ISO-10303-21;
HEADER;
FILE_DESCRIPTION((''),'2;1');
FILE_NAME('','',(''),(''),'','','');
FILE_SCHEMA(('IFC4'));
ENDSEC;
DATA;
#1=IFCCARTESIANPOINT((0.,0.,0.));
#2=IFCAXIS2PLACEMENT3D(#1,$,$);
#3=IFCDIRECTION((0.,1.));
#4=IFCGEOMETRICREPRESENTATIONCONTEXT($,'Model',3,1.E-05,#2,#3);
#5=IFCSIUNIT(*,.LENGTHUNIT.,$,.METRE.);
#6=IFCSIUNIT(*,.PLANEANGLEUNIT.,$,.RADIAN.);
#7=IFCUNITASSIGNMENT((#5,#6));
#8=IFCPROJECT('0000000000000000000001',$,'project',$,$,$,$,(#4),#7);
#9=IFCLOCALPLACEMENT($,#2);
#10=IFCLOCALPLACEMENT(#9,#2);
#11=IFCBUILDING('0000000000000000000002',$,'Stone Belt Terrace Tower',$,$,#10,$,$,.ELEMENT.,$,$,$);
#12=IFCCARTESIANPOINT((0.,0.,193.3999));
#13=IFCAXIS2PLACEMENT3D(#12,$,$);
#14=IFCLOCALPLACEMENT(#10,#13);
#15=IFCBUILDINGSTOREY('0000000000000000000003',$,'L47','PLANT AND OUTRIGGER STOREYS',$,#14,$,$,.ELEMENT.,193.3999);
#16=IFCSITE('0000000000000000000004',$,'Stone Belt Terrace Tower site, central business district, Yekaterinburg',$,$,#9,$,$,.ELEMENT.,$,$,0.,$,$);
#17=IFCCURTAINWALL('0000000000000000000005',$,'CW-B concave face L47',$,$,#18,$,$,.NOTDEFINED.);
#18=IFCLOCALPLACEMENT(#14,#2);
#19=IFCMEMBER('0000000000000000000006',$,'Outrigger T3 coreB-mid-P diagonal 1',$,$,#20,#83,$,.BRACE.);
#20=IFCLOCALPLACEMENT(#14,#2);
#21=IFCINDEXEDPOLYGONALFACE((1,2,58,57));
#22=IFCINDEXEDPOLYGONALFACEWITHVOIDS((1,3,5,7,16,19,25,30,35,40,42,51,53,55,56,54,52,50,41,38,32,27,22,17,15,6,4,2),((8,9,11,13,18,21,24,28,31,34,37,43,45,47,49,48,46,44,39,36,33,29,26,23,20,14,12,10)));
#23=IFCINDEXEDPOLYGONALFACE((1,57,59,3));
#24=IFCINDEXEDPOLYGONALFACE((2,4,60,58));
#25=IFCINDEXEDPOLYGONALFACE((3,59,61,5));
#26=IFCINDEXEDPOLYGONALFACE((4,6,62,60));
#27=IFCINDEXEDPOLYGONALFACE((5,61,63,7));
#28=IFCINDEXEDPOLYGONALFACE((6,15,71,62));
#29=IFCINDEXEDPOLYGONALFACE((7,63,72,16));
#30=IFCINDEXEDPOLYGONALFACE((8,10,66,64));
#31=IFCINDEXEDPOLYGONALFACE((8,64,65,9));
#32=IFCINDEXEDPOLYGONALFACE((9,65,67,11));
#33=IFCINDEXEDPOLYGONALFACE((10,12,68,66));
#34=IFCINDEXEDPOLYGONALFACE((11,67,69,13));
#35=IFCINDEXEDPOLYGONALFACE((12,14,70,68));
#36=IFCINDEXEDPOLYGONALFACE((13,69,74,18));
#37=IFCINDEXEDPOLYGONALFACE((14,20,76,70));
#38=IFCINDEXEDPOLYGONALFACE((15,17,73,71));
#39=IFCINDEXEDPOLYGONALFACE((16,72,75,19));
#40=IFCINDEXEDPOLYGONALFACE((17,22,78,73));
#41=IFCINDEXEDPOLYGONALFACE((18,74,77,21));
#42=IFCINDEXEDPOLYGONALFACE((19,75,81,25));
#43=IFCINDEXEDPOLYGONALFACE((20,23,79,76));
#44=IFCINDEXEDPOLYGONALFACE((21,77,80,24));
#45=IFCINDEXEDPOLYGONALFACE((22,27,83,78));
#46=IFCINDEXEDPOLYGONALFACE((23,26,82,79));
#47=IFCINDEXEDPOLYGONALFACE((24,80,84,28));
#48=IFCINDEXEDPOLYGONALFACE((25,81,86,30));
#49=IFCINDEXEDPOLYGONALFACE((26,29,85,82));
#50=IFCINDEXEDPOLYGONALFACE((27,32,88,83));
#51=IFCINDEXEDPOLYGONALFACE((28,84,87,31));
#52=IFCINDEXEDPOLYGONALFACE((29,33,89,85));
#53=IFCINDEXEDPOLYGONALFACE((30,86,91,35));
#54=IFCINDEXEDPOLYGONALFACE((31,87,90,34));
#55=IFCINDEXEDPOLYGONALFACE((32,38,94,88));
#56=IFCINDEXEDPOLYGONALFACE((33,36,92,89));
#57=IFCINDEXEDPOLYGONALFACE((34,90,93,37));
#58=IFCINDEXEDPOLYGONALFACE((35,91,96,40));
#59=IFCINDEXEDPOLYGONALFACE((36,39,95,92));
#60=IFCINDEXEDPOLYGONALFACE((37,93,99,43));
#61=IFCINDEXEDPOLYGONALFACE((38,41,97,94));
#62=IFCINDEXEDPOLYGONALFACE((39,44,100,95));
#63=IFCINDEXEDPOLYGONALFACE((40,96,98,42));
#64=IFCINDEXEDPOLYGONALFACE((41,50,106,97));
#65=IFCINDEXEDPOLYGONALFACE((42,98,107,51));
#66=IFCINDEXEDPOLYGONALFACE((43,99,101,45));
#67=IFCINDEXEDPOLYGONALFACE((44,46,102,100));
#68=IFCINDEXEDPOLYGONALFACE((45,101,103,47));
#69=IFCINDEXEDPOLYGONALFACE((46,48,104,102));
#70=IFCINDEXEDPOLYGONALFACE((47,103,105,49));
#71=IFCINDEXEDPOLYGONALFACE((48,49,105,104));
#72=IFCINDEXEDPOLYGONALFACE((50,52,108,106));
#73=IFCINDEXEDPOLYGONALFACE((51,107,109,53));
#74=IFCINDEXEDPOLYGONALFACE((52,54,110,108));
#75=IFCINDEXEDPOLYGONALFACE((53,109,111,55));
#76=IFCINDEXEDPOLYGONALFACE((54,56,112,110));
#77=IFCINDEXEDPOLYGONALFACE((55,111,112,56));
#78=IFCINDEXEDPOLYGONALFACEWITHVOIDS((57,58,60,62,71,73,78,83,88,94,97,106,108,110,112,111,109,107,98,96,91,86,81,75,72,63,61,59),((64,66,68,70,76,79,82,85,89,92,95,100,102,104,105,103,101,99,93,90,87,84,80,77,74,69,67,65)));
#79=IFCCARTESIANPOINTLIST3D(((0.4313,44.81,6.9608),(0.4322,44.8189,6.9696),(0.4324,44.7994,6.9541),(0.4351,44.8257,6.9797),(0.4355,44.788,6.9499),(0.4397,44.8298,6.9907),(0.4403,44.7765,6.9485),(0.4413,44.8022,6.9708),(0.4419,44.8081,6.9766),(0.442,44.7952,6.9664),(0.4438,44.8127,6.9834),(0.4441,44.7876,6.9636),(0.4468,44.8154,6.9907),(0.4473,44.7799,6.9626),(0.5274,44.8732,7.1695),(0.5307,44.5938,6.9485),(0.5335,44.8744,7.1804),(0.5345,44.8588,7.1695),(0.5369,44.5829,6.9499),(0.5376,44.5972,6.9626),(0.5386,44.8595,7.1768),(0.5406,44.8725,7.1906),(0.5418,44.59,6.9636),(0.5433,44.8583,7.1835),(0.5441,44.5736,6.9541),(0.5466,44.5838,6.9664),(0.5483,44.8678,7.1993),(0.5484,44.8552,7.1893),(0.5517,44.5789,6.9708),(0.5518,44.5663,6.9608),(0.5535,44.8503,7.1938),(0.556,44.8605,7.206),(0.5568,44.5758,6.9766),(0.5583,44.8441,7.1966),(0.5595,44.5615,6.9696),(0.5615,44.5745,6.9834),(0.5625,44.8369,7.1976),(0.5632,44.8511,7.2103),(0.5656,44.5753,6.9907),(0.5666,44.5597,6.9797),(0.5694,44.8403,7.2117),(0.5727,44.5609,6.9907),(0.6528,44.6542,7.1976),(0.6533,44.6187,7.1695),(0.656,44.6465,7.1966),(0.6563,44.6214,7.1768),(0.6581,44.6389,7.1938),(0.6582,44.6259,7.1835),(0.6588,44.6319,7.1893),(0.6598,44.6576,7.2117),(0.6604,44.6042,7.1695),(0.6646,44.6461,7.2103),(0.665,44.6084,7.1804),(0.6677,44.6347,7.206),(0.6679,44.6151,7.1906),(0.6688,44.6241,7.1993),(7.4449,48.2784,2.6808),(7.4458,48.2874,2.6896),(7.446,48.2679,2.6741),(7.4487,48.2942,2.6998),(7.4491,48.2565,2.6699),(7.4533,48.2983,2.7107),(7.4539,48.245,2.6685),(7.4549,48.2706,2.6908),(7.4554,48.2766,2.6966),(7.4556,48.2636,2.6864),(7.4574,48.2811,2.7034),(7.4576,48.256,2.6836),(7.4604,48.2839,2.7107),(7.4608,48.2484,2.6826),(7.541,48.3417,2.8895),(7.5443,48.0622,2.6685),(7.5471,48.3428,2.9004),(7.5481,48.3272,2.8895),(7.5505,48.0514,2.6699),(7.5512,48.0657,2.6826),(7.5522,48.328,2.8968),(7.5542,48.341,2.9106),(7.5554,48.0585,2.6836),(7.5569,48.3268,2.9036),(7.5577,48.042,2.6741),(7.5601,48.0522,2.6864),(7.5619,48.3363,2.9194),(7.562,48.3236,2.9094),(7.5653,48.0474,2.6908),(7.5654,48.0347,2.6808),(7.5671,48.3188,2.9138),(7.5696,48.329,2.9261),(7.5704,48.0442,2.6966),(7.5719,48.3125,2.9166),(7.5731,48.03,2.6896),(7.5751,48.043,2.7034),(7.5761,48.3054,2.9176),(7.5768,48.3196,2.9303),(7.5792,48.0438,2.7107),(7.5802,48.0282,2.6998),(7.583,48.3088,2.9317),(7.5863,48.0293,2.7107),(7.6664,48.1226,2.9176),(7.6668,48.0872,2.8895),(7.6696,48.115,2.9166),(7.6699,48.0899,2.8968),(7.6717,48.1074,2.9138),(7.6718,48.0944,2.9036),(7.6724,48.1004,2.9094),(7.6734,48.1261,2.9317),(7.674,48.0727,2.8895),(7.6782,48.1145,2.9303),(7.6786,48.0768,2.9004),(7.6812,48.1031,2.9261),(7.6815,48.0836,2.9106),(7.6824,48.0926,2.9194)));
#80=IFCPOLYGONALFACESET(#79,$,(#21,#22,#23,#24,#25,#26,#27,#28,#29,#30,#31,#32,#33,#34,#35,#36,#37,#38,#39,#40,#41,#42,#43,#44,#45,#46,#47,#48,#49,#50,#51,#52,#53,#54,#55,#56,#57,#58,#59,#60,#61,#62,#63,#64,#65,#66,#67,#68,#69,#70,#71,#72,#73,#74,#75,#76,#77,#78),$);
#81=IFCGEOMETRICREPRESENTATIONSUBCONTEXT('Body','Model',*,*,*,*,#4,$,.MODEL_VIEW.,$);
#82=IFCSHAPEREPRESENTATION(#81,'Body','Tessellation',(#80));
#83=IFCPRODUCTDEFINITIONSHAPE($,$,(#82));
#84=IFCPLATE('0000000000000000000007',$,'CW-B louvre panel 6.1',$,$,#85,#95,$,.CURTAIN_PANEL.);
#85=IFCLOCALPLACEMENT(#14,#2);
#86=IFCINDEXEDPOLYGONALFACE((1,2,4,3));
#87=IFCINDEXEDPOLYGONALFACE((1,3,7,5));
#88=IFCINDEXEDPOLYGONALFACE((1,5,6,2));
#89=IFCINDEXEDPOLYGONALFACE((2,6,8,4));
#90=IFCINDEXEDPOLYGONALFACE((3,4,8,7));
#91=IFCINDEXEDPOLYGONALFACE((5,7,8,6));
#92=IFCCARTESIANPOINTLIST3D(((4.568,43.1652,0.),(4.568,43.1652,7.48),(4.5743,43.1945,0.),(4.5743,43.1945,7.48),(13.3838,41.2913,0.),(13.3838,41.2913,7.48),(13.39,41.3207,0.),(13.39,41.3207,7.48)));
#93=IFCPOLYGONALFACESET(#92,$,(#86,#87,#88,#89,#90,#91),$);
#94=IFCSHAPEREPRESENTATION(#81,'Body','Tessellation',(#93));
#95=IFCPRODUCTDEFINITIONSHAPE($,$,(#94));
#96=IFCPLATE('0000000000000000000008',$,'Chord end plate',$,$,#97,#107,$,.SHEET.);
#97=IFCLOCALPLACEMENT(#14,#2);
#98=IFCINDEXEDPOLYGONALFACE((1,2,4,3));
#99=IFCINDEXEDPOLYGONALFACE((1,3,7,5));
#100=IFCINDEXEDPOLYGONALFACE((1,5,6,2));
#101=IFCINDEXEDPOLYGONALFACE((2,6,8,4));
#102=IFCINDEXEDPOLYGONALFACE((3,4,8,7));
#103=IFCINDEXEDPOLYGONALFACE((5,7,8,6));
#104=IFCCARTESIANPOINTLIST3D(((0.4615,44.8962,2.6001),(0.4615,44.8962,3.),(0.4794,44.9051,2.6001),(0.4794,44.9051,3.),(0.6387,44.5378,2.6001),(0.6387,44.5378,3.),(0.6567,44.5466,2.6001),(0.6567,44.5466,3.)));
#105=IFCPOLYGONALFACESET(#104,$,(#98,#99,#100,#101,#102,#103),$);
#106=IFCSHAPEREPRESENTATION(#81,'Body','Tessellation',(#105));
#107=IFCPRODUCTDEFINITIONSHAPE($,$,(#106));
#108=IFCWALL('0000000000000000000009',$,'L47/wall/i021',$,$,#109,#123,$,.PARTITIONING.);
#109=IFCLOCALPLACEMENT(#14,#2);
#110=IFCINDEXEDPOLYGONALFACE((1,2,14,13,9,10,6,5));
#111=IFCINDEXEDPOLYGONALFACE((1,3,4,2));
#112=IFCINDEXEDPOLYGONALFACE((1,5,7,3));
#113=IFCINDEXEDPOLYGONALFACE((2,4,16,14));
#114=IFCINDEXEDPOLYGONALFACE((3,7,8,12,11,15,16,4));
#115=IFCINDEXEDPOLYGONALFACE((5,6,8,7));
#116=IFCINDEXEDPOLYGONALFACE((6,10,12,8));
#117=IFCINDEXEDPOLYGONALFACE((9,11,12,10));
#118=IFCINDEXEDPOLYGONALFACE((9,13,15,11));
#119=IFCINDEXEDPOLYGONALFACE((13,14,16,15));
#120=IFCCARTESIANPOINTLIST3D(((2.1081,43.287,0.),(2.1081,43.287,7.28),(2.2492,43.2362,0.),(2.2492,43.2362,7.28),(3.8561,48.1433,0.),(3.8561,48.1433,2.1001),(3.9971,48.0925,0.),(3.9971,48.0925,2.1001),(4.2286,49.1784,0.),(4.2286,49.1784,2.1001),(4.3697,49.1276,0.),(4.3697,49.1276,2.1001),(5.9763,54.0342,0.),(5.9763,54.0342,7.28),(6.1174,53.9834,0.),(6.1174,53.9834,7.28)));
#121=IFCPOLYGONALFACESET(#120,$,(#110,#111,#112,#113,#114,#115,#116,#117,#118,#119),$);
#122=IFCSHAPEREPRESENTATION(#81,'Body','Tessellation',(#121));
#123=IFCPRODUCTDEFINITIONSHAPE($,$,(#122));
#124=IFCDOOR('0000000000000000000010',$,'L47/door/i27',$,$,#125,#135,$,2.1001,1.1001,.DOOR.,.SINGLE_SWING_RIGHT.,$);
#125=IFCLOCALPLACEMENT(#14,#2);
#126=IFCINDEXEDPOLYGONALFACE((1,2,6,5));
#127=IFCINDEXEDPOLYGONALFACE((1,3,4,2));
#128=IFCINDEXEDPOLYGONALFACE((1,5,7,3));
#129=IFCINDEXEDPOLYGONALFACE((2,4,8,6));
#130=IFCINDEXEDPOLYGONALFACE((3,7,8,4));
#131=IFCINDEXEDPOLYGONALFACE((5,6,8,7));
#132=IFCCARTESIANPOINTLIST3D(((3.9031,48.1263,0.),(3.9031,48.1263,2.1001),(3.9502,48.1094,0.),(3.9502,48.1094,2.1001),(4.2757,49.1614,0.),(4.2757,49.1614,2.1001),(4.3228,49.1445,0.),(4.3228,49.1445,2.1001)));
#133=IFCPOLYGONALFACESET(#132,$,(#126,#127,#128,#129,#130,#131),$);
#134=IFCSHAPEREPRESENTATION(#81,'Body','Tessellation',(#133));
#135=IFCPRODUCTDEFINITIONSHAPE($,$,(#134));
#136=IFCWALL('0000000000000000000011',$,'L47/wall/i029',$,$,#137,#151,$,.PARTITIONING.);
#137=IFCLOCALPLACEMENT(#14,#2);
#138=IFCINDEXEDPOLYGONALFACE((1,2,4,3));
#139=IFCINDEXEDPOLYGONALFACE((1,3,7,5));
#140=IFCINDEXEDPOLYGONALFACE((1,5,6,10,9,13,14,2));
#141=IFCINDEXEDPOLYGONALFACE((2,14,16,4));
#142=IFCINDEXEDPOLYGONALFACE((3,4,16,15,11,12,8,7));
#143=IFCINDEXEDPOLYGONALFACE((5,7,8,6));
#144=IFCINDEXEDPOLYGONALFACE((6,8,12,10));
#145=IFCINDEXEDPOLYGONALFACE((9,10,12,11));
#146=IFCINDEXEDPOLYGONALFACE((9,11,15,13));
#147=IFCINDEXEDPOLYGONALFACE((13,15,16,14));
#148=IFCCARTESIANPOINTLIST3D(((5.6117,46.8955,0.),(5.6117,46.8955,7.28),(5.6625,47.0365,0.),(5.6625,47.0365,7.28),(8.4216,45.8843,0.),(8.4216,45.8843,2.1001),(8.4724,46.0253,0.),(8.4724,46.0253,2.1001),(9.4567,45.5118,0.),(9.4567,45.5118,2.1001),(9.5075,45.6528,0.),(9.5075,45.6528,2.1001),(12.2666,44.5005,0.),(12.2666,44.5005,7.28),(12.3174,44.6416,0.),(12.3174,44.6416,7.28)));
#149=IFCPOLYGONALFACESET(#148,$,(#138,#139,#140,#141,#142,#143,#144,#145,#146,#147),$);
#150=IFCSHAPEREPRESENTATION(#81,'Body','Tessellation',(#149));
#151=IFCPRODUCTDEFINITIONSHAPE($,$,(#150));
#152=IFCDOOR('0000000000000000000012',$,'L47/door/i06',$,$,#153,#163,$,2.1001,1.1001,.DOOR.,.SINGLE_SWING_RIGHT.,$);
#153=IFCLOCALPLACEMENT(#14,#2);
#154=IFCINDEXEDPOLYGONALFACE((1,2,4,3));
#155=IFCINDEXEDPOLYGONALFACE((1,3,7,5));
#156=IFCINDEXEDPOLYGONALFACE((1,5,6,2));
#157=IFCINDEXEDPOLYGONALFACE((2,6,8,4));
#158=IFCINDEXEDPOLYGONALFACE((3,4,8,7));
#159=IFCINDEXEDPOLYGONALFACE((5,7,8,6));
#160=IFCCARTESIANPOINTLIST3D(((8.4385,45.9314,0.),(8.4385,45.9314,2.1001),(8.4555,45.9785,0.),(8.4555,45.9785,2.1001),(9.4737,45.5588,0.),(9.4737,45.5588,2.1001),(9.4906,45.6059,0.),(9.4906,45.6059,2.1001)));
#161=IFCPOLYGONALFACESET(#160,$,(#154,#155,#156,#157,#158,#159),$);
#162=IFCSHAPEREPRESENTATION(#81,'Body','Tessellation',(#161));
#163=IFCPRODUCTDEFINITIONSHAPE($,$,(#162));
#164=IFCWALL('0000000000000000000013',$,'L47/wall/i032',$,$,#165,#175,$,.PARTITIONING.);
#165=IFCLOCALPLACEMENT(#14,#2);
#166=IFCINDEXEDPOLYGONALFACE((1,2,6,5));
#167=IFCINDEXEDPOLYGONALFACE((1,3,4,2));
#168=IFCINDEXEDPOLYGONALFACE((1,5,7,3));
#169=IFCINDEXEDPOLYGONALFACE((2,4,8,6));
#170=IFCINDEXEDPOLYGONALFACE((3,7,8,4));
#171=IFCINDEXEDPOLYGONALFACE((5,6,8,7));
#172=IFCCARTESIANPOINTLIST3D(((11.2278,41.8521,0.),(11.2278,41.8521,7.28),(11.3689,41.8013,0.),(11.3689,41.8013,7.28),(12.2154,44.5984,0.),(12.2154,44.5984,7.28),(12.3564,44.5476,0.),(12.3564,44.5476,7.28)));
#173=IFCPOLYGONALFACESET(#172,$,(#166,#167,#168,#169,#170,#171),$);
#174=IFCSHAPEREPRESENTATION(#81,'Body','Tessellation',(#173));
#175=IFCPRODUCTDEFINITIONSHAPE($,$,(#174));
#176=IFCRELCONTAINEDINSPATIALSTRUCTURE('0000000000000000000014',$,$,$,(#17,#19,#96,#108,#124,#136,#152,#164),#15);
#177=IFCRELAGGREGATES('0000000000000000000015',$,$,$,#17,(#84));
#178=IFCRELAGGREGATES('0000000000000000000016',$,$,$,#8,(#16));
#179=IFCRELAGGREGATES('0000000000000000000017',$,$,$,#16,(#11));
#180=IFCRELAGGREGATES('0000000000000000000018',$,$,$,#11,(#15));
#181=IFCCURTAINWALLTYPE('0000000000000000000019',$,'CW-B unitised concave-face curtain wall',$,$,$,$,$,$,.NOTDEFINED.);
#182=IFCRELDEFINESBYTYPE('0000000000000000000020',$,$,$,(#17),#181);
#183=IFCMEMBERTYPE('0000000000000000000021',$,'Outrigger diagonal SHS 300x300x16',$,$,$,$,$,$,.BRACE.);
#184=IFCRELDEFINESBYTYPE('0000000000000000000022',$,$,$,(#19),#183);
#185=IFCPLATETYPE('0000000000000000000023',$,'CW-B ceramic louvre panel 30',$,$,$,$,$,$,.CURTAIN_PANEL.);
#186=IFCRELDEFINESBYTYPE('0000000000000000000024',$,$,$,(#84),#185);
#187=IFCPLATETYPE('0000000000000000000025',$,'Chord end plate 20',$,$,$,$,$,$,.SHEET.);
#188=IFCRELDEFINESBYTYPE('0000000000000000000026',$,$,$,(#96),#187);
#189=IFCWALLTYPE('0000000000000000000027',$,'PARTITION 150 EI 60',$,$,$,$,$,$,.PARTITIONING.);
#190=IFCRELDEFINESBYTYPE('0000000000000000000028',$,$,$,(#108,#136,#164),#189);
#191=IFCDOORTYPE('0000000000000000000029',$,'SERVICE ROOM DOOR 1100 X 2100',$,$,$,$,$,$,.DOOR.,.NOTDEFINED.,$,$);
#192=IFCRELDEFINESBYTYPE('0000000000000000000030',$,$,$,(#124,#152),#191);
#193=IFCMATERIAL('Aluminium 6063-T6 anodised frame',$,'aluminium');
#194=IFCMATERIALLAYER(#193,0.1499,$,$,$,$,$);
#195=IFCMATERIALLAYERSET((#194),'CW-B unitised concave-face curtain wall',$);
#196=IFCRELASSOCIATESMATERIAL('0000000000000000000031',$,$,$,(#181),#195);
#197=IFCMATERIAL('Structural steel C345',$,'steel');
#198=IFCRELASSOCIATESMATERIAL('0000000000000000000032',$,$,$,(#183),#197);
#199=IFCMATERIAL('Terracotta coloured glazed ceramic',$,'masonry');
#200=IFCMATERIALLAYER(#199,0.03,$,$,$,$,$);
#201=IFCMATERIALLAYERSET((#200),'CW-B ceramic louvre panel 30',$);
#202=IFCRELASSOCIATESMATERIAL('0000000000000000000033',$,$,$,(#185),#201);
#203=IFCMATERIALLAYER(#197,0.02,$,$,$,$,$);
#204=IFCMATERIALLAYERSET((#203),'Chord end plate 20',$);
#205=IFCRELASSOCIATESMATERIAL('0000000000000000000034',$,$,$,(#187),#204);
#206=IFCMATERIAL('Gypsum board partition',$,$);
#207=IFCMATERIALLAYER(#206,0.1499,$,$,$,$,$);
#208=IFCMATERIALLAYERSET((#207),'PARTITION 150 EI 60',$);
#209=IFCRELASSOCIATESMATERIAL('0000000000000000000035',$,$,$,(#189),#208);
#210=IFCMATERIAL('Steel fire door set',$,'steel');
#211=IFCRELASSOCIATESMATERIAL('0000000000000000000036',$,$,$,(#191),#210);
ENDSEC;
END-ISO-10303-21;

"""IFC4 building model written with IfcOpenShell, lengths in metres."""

from ifc_helpers import new_model, si_unit, direction, frame, frame_2d, origin, origin_2d, place, context, subcontext, project, spatial, rectangle, hollow_rectangle, extrude, material, layer, layer_set, material_profile, profile_set, type_object, element, fill, aggregate, save


model = new_model("IFC4")

# Units and contexts
model_context = context("Model", 3, precision=1e-05, world=origin(), true_north=direction((0.0, 1.0)))
body_context = subcontext(model_context, "Body", "Model", "MODEL_VIEW")
ifc_project = project(units=[si_unit("LENGTHUNIT", "METRE"), si_unit("PLANEANGLEUNIT", "RADIAN")], contexts=[model_context])

# Site, building, storey
site_placement = place(None, origin())
site = spatial("IfcSite", under=ifc_project, at=site_placement, Name="Stone Belt Terrace Tower site, central business district, Yekaterinburg", CompositionType="ELEMENT", RefElevation=0.0)
building_placement = place(site_placement, origin())
building = spatial("IfcBuilding", under=site, at=building_placement, Name="Stone Belt Terrace Tower", CompositionType="ELEMENT")
storey_placement = place(building_placement, frame((0.0, 0.0, 193.3999)))
storey = spatial("IfcBuildingStorey", under=building, at=storey_placement, Name="L47", Description="PLANT AND OUTRIGGER STOREYS", CompositionType="ELEMENT", Elevation=193.3999)

# Shared definitions
ifc_material_1 = material(Name="Structural steel C345", Category="steel")

# Curtain wall
ifc_material_2 = material(Name="Aluminium 6063-T6 anodised frame", Category="aluminium")
ifc_layer_1 = layer(ifc_material_2, 0.1499)
ifc_layer_set_1 = layer_set([ifc_layer_1], Name="CW-B unitised concave-face curtain wall")
curtain_wall_type = type_object("IfcCurtainWallType", Name="CW-B unitised concave-face curtain wall", PredefinedType="NOTDEFINED", material=ifc_layer_set_1)
curtain_wall_placement = place(storey_placement, origin())
curtain_wall = element("IfcCurtainWall", 1, at=curtain_wall_placement, inside=storey, type_object=curtain_wall_type, Name="CW-B concave face L47", PredefinedType="NOTDEFINED")

# Member
ifc_material_profile_1 = material_profile(ifc_material_1, hollow_rectangle(XDim=0.3, YDim=0.3, WallThickness=0.0161, InnerFilletRadius=0.032, OuterFilletRadius=0.0481, at=origin_2d()), Name="SHS 300x300x16")
ifc_profile_set_1 = profile_set([ifc_material_profile_1], Name="Structural steel C345")
member_type_1 = type_object("IfcMemberType", Name="Outrigger diagonal SHS 300x300x16", PredefinedType="BRACE", material=ifc_profile_set_1)
member_1_placement = place(storey_placement, frame((0.55, 44.717, 7.0801), z_axis=(0.786413, 0.388909, -0.479901), x_axis=(-0.44329, 0.896378, 0.0)))
element("IfcMember", 2, at=member_1_placement, inside=storey, type_object=member_type_1, Name="Outrigger T3 coreB-mid-P diagonal 1", PredefinedType="BRACE", context=body_context, shape_type="SweptSolid", body=[
    extrude(hollow_rectangle(XDim=0.3, YDim=0.3, WallThickness=0.0161, InnerFilletRadius=0.032, OuterFilletRadius=0.0481, at=origin_2d()), origin(), (0.0, 0.0, 1.0), 8.9185),
])

# Plates
ifc_material_3 = material(Name="Terracotta coloured glazed ceramic", Category="masonry")
ifc_layer_2 = layer(ifc_material_3, 0.03)
ifc_layer_set_2 = layer_set([ifc_layer_2], Name="CW-B ceramic louvre panel 30")
plate_type_1 = type_object("IfcPlateType", Name="CW-B ceramic louvre panel 30", PredefinedType="CURTAIN_PANEL", material=ifc_layer_set_2)
plate_1_placement = place(storey_placement, frame((8.979, 42.2429, 0.0), z_axis=(0.0, 0.0, 1.0), x_axis=(0.978148, -0.207912, 0.0)))
plate_1 = element("IfcPlate", 3, at=plate_1_placement, type_object=plate_type_1, Name="CW-B louvre panel 6.1", PredefinedType="CURTAIN_PANEL", context=body_context, shape_type="SweptSolid", body=[
    extrude(rectangle(XDim=9.0127, YDim=0.03, at=origin_2d()), origin(), (0.0, 0.0, 1.0), 7.48),
])
aggregate(curtain_wall, [plate_1])
ifc_layer_3 = layer(ifc_material_1, 0.02)
ifc_layer_set_3 = layer_set([ifc_layer_3], Name="Chord end plate 20")
plate_type_2 = type_object("IfcPlateType", Name="Chord end plate 20", PredefinedType="SHEET", material=ifc_layer_set_3)
plate_2_placement = place(storey_placement, frame((0.5591, 44.7214, 2.6001), z_axis=(0.0, 0.0, 1.0), x_axis=(-0.896377, -0.443292, 0.0)))
element("IfcPlate", 4, at=plate_2_placement, inside=storey, type_object=plate_type_2, Name="Chord end plate", PredefinedType="SHEET", context=body_context, shape_type="SweptSolid", body=[
    extrude(rectangle(XDim=0.02, YDim=0.3999, at=origin_2d()), origin(), (0.0, 0.0, 1.0), 0.3999),
])

# Walls, openings, doors
ifc_material_4 = material(Name="Gypsum board partition")
ifc_layer_4 = layer(ifc_material_4, 0.1499)
ifc_layer_set_4 = layer_set([ifc_layer_4], Name="PARTITION 150 EI 60")
wall_type = type_object("IfcWallType", Name="PARTITION 150 EI 60", PredefinedType="PARTITIONING", material=ifc_layer_set_4)
wall_1_placement = place(storey_placement, frame((2.1787, 43.2617, 0.0), z_axis=(0.0, 0.0, 1.0), x_axis=(0.338659, 0.940909, 0.0)))
wall_1 = element("IfcWall", 5, at=wall_1_placement, inside=storey, type_object=wall_type, Name="L47/wall/i021", PredefinedType="PARTITIONING", context=body_context, shape_type="SweptSolid", body=[
    extrude(rectangle(XDim=11.4221, YDim=0.1499, at=frame_2d((5.7109, 0.0))), origin(), (0.0, 0.0, 1.0), 7.28),
])
opening_1_placement = place(wall_1_placement, frame((5.1611, 0.0, 0.0)))
opening_1 = element("IfcOpeningElement", 6, at=opening_1_placement, cuts=wall_1, PredefinedType="OPENING", context=body_context, shape_type="SweptSolid", body=[
    extrude(rectangle(XDim=1.1001, YDim=2.1001, at=frame_2d((0.55, 1.05))), frame((0.0, 0.085, 0.0), z_axis=(0.0, -1.0, 0.0), x_axis=(1.0, 0.0, 0.0)), (0.0, 0.0, 1.0), 0.1699),
])
ifc_material_5 = material(Name="Steel fire door set", Category="steel")
door_type = type_object("IfcDoorType", Name="SERVICE ROOM DOOR 1100 X 2100", OperationType="NOTDEFINED", PredefinedType="DOOR", material=ifc_material_5)
door_1_placement = place(opening_1_placement, origin())
door_1 = element("IfcDoor", 7, at=door_1_placement, inside=storey, type_object=door_type, Name="L47/door/i27", OperationType="SINGLE_SWING_RIGHT", OverallHeight=2.1001, OverallWidth=1.1001, PredefinedType="DOOR", context=body_context, shape_type="SweptSolid", body=[
    extrude(rectangle(XDim=1.1001, YDim=2.1001, at=frame_2d((0.55, 1.05))), frame((0.0, 0.0249, 0.0), z_axis=(0.0, -1.0, 0.0), x_axis=(1.0, 0.0, 0.0)), (0.0, 0.0, 1.0), 0.05),
])
fill(opening_1, door_1)
wall_2_placement = place(storey_placement, frame((12.292, 44.571, 0.0), z_axis=(0.0, 0.0, 1.0), x_axis=(-0.940923, 0.33862, 0.0)))
wall_2 = element("IfcWall", 8, at=wall_2_placement, inside=storey, type_object=wall_type, Name="L47/wall/i029", PredefinedType="PARTITIONING", context=body_context, shape_type="SweptSolid", body=[
    extrude(rectangle(XDim=7.0728, YDim=0.1499, at=frame_2d((3.5364, 0.0))), origin(), (0.0, 0.0, 1.0), 7.28),
])
opening_2_placement = place(wall_2_placement, frame((2.9863, 0.0, 0.0)))
opening_2 = element("IfcOpeningElement", 9, at=opening_2_placement, cuts=wall_2, PredefinedType="OPENING", context=body_context, shape_type="SweptSolid", body=[
    extrude(rectangle(XDim=1.1001, YDim=2.1001, at=frame_2d((0.55, 1.05))), frame((0.0, 0.085, 0.0), z_axis=(0.0, -1.0, 0.0), x_axis=(1.0, 0.0, 0.0)), (0.0, 0.0, 1.0), 0.1699),
])
door_2_placement = place(opening_2_placement, origin())
door_2 = element("IfcDoor", 10, at=door_2_placement, inside=storey, type_object=door_type, Name="L47/door/i06", OperationType="SINGLE_SWING_RIGHT", OverallHeight=2.1001, OverallWidth=1.1001, PredefinedType="DOOR", context=body_context, shape_type="SweptSolid", body=[
    extrude(rectangle(XDim=1.1001, YDim=2.1001, at=frame_2d((0.55, 1.05))), frame((0.0, 0.0249, 0.0), z_axis=(0.0, -1.0, 0.0), x_axis=(1.0, 0.0, 0.0)), (0.0, 0.0, 1.0), 0.05),
])
fill(opening_2, door_2)

# Wall
wall_3_placement = place(storey_placement, frame((12.2859, 44.573, 0.0), z_axis=(0.0, 0.0, 1.0), x_axis=(-0.338376, -0.941011, 0.0)))
element("IfcWall", 11, at=wall_3_placement, inside=storey, type_object=wall_type, Name="L47/wall/i032", PredefinedType="PARTITIONING", context=body_context, shape_type="SweptSolid", body=[
    extrude(rectangle(XDim=2.9185, YDim=0.1499, at=frame_2d((1.4592, 0.0))), origin(), (0.0, 0.0, 1.0), 7.28),
])

save(model, "model.ifc")
